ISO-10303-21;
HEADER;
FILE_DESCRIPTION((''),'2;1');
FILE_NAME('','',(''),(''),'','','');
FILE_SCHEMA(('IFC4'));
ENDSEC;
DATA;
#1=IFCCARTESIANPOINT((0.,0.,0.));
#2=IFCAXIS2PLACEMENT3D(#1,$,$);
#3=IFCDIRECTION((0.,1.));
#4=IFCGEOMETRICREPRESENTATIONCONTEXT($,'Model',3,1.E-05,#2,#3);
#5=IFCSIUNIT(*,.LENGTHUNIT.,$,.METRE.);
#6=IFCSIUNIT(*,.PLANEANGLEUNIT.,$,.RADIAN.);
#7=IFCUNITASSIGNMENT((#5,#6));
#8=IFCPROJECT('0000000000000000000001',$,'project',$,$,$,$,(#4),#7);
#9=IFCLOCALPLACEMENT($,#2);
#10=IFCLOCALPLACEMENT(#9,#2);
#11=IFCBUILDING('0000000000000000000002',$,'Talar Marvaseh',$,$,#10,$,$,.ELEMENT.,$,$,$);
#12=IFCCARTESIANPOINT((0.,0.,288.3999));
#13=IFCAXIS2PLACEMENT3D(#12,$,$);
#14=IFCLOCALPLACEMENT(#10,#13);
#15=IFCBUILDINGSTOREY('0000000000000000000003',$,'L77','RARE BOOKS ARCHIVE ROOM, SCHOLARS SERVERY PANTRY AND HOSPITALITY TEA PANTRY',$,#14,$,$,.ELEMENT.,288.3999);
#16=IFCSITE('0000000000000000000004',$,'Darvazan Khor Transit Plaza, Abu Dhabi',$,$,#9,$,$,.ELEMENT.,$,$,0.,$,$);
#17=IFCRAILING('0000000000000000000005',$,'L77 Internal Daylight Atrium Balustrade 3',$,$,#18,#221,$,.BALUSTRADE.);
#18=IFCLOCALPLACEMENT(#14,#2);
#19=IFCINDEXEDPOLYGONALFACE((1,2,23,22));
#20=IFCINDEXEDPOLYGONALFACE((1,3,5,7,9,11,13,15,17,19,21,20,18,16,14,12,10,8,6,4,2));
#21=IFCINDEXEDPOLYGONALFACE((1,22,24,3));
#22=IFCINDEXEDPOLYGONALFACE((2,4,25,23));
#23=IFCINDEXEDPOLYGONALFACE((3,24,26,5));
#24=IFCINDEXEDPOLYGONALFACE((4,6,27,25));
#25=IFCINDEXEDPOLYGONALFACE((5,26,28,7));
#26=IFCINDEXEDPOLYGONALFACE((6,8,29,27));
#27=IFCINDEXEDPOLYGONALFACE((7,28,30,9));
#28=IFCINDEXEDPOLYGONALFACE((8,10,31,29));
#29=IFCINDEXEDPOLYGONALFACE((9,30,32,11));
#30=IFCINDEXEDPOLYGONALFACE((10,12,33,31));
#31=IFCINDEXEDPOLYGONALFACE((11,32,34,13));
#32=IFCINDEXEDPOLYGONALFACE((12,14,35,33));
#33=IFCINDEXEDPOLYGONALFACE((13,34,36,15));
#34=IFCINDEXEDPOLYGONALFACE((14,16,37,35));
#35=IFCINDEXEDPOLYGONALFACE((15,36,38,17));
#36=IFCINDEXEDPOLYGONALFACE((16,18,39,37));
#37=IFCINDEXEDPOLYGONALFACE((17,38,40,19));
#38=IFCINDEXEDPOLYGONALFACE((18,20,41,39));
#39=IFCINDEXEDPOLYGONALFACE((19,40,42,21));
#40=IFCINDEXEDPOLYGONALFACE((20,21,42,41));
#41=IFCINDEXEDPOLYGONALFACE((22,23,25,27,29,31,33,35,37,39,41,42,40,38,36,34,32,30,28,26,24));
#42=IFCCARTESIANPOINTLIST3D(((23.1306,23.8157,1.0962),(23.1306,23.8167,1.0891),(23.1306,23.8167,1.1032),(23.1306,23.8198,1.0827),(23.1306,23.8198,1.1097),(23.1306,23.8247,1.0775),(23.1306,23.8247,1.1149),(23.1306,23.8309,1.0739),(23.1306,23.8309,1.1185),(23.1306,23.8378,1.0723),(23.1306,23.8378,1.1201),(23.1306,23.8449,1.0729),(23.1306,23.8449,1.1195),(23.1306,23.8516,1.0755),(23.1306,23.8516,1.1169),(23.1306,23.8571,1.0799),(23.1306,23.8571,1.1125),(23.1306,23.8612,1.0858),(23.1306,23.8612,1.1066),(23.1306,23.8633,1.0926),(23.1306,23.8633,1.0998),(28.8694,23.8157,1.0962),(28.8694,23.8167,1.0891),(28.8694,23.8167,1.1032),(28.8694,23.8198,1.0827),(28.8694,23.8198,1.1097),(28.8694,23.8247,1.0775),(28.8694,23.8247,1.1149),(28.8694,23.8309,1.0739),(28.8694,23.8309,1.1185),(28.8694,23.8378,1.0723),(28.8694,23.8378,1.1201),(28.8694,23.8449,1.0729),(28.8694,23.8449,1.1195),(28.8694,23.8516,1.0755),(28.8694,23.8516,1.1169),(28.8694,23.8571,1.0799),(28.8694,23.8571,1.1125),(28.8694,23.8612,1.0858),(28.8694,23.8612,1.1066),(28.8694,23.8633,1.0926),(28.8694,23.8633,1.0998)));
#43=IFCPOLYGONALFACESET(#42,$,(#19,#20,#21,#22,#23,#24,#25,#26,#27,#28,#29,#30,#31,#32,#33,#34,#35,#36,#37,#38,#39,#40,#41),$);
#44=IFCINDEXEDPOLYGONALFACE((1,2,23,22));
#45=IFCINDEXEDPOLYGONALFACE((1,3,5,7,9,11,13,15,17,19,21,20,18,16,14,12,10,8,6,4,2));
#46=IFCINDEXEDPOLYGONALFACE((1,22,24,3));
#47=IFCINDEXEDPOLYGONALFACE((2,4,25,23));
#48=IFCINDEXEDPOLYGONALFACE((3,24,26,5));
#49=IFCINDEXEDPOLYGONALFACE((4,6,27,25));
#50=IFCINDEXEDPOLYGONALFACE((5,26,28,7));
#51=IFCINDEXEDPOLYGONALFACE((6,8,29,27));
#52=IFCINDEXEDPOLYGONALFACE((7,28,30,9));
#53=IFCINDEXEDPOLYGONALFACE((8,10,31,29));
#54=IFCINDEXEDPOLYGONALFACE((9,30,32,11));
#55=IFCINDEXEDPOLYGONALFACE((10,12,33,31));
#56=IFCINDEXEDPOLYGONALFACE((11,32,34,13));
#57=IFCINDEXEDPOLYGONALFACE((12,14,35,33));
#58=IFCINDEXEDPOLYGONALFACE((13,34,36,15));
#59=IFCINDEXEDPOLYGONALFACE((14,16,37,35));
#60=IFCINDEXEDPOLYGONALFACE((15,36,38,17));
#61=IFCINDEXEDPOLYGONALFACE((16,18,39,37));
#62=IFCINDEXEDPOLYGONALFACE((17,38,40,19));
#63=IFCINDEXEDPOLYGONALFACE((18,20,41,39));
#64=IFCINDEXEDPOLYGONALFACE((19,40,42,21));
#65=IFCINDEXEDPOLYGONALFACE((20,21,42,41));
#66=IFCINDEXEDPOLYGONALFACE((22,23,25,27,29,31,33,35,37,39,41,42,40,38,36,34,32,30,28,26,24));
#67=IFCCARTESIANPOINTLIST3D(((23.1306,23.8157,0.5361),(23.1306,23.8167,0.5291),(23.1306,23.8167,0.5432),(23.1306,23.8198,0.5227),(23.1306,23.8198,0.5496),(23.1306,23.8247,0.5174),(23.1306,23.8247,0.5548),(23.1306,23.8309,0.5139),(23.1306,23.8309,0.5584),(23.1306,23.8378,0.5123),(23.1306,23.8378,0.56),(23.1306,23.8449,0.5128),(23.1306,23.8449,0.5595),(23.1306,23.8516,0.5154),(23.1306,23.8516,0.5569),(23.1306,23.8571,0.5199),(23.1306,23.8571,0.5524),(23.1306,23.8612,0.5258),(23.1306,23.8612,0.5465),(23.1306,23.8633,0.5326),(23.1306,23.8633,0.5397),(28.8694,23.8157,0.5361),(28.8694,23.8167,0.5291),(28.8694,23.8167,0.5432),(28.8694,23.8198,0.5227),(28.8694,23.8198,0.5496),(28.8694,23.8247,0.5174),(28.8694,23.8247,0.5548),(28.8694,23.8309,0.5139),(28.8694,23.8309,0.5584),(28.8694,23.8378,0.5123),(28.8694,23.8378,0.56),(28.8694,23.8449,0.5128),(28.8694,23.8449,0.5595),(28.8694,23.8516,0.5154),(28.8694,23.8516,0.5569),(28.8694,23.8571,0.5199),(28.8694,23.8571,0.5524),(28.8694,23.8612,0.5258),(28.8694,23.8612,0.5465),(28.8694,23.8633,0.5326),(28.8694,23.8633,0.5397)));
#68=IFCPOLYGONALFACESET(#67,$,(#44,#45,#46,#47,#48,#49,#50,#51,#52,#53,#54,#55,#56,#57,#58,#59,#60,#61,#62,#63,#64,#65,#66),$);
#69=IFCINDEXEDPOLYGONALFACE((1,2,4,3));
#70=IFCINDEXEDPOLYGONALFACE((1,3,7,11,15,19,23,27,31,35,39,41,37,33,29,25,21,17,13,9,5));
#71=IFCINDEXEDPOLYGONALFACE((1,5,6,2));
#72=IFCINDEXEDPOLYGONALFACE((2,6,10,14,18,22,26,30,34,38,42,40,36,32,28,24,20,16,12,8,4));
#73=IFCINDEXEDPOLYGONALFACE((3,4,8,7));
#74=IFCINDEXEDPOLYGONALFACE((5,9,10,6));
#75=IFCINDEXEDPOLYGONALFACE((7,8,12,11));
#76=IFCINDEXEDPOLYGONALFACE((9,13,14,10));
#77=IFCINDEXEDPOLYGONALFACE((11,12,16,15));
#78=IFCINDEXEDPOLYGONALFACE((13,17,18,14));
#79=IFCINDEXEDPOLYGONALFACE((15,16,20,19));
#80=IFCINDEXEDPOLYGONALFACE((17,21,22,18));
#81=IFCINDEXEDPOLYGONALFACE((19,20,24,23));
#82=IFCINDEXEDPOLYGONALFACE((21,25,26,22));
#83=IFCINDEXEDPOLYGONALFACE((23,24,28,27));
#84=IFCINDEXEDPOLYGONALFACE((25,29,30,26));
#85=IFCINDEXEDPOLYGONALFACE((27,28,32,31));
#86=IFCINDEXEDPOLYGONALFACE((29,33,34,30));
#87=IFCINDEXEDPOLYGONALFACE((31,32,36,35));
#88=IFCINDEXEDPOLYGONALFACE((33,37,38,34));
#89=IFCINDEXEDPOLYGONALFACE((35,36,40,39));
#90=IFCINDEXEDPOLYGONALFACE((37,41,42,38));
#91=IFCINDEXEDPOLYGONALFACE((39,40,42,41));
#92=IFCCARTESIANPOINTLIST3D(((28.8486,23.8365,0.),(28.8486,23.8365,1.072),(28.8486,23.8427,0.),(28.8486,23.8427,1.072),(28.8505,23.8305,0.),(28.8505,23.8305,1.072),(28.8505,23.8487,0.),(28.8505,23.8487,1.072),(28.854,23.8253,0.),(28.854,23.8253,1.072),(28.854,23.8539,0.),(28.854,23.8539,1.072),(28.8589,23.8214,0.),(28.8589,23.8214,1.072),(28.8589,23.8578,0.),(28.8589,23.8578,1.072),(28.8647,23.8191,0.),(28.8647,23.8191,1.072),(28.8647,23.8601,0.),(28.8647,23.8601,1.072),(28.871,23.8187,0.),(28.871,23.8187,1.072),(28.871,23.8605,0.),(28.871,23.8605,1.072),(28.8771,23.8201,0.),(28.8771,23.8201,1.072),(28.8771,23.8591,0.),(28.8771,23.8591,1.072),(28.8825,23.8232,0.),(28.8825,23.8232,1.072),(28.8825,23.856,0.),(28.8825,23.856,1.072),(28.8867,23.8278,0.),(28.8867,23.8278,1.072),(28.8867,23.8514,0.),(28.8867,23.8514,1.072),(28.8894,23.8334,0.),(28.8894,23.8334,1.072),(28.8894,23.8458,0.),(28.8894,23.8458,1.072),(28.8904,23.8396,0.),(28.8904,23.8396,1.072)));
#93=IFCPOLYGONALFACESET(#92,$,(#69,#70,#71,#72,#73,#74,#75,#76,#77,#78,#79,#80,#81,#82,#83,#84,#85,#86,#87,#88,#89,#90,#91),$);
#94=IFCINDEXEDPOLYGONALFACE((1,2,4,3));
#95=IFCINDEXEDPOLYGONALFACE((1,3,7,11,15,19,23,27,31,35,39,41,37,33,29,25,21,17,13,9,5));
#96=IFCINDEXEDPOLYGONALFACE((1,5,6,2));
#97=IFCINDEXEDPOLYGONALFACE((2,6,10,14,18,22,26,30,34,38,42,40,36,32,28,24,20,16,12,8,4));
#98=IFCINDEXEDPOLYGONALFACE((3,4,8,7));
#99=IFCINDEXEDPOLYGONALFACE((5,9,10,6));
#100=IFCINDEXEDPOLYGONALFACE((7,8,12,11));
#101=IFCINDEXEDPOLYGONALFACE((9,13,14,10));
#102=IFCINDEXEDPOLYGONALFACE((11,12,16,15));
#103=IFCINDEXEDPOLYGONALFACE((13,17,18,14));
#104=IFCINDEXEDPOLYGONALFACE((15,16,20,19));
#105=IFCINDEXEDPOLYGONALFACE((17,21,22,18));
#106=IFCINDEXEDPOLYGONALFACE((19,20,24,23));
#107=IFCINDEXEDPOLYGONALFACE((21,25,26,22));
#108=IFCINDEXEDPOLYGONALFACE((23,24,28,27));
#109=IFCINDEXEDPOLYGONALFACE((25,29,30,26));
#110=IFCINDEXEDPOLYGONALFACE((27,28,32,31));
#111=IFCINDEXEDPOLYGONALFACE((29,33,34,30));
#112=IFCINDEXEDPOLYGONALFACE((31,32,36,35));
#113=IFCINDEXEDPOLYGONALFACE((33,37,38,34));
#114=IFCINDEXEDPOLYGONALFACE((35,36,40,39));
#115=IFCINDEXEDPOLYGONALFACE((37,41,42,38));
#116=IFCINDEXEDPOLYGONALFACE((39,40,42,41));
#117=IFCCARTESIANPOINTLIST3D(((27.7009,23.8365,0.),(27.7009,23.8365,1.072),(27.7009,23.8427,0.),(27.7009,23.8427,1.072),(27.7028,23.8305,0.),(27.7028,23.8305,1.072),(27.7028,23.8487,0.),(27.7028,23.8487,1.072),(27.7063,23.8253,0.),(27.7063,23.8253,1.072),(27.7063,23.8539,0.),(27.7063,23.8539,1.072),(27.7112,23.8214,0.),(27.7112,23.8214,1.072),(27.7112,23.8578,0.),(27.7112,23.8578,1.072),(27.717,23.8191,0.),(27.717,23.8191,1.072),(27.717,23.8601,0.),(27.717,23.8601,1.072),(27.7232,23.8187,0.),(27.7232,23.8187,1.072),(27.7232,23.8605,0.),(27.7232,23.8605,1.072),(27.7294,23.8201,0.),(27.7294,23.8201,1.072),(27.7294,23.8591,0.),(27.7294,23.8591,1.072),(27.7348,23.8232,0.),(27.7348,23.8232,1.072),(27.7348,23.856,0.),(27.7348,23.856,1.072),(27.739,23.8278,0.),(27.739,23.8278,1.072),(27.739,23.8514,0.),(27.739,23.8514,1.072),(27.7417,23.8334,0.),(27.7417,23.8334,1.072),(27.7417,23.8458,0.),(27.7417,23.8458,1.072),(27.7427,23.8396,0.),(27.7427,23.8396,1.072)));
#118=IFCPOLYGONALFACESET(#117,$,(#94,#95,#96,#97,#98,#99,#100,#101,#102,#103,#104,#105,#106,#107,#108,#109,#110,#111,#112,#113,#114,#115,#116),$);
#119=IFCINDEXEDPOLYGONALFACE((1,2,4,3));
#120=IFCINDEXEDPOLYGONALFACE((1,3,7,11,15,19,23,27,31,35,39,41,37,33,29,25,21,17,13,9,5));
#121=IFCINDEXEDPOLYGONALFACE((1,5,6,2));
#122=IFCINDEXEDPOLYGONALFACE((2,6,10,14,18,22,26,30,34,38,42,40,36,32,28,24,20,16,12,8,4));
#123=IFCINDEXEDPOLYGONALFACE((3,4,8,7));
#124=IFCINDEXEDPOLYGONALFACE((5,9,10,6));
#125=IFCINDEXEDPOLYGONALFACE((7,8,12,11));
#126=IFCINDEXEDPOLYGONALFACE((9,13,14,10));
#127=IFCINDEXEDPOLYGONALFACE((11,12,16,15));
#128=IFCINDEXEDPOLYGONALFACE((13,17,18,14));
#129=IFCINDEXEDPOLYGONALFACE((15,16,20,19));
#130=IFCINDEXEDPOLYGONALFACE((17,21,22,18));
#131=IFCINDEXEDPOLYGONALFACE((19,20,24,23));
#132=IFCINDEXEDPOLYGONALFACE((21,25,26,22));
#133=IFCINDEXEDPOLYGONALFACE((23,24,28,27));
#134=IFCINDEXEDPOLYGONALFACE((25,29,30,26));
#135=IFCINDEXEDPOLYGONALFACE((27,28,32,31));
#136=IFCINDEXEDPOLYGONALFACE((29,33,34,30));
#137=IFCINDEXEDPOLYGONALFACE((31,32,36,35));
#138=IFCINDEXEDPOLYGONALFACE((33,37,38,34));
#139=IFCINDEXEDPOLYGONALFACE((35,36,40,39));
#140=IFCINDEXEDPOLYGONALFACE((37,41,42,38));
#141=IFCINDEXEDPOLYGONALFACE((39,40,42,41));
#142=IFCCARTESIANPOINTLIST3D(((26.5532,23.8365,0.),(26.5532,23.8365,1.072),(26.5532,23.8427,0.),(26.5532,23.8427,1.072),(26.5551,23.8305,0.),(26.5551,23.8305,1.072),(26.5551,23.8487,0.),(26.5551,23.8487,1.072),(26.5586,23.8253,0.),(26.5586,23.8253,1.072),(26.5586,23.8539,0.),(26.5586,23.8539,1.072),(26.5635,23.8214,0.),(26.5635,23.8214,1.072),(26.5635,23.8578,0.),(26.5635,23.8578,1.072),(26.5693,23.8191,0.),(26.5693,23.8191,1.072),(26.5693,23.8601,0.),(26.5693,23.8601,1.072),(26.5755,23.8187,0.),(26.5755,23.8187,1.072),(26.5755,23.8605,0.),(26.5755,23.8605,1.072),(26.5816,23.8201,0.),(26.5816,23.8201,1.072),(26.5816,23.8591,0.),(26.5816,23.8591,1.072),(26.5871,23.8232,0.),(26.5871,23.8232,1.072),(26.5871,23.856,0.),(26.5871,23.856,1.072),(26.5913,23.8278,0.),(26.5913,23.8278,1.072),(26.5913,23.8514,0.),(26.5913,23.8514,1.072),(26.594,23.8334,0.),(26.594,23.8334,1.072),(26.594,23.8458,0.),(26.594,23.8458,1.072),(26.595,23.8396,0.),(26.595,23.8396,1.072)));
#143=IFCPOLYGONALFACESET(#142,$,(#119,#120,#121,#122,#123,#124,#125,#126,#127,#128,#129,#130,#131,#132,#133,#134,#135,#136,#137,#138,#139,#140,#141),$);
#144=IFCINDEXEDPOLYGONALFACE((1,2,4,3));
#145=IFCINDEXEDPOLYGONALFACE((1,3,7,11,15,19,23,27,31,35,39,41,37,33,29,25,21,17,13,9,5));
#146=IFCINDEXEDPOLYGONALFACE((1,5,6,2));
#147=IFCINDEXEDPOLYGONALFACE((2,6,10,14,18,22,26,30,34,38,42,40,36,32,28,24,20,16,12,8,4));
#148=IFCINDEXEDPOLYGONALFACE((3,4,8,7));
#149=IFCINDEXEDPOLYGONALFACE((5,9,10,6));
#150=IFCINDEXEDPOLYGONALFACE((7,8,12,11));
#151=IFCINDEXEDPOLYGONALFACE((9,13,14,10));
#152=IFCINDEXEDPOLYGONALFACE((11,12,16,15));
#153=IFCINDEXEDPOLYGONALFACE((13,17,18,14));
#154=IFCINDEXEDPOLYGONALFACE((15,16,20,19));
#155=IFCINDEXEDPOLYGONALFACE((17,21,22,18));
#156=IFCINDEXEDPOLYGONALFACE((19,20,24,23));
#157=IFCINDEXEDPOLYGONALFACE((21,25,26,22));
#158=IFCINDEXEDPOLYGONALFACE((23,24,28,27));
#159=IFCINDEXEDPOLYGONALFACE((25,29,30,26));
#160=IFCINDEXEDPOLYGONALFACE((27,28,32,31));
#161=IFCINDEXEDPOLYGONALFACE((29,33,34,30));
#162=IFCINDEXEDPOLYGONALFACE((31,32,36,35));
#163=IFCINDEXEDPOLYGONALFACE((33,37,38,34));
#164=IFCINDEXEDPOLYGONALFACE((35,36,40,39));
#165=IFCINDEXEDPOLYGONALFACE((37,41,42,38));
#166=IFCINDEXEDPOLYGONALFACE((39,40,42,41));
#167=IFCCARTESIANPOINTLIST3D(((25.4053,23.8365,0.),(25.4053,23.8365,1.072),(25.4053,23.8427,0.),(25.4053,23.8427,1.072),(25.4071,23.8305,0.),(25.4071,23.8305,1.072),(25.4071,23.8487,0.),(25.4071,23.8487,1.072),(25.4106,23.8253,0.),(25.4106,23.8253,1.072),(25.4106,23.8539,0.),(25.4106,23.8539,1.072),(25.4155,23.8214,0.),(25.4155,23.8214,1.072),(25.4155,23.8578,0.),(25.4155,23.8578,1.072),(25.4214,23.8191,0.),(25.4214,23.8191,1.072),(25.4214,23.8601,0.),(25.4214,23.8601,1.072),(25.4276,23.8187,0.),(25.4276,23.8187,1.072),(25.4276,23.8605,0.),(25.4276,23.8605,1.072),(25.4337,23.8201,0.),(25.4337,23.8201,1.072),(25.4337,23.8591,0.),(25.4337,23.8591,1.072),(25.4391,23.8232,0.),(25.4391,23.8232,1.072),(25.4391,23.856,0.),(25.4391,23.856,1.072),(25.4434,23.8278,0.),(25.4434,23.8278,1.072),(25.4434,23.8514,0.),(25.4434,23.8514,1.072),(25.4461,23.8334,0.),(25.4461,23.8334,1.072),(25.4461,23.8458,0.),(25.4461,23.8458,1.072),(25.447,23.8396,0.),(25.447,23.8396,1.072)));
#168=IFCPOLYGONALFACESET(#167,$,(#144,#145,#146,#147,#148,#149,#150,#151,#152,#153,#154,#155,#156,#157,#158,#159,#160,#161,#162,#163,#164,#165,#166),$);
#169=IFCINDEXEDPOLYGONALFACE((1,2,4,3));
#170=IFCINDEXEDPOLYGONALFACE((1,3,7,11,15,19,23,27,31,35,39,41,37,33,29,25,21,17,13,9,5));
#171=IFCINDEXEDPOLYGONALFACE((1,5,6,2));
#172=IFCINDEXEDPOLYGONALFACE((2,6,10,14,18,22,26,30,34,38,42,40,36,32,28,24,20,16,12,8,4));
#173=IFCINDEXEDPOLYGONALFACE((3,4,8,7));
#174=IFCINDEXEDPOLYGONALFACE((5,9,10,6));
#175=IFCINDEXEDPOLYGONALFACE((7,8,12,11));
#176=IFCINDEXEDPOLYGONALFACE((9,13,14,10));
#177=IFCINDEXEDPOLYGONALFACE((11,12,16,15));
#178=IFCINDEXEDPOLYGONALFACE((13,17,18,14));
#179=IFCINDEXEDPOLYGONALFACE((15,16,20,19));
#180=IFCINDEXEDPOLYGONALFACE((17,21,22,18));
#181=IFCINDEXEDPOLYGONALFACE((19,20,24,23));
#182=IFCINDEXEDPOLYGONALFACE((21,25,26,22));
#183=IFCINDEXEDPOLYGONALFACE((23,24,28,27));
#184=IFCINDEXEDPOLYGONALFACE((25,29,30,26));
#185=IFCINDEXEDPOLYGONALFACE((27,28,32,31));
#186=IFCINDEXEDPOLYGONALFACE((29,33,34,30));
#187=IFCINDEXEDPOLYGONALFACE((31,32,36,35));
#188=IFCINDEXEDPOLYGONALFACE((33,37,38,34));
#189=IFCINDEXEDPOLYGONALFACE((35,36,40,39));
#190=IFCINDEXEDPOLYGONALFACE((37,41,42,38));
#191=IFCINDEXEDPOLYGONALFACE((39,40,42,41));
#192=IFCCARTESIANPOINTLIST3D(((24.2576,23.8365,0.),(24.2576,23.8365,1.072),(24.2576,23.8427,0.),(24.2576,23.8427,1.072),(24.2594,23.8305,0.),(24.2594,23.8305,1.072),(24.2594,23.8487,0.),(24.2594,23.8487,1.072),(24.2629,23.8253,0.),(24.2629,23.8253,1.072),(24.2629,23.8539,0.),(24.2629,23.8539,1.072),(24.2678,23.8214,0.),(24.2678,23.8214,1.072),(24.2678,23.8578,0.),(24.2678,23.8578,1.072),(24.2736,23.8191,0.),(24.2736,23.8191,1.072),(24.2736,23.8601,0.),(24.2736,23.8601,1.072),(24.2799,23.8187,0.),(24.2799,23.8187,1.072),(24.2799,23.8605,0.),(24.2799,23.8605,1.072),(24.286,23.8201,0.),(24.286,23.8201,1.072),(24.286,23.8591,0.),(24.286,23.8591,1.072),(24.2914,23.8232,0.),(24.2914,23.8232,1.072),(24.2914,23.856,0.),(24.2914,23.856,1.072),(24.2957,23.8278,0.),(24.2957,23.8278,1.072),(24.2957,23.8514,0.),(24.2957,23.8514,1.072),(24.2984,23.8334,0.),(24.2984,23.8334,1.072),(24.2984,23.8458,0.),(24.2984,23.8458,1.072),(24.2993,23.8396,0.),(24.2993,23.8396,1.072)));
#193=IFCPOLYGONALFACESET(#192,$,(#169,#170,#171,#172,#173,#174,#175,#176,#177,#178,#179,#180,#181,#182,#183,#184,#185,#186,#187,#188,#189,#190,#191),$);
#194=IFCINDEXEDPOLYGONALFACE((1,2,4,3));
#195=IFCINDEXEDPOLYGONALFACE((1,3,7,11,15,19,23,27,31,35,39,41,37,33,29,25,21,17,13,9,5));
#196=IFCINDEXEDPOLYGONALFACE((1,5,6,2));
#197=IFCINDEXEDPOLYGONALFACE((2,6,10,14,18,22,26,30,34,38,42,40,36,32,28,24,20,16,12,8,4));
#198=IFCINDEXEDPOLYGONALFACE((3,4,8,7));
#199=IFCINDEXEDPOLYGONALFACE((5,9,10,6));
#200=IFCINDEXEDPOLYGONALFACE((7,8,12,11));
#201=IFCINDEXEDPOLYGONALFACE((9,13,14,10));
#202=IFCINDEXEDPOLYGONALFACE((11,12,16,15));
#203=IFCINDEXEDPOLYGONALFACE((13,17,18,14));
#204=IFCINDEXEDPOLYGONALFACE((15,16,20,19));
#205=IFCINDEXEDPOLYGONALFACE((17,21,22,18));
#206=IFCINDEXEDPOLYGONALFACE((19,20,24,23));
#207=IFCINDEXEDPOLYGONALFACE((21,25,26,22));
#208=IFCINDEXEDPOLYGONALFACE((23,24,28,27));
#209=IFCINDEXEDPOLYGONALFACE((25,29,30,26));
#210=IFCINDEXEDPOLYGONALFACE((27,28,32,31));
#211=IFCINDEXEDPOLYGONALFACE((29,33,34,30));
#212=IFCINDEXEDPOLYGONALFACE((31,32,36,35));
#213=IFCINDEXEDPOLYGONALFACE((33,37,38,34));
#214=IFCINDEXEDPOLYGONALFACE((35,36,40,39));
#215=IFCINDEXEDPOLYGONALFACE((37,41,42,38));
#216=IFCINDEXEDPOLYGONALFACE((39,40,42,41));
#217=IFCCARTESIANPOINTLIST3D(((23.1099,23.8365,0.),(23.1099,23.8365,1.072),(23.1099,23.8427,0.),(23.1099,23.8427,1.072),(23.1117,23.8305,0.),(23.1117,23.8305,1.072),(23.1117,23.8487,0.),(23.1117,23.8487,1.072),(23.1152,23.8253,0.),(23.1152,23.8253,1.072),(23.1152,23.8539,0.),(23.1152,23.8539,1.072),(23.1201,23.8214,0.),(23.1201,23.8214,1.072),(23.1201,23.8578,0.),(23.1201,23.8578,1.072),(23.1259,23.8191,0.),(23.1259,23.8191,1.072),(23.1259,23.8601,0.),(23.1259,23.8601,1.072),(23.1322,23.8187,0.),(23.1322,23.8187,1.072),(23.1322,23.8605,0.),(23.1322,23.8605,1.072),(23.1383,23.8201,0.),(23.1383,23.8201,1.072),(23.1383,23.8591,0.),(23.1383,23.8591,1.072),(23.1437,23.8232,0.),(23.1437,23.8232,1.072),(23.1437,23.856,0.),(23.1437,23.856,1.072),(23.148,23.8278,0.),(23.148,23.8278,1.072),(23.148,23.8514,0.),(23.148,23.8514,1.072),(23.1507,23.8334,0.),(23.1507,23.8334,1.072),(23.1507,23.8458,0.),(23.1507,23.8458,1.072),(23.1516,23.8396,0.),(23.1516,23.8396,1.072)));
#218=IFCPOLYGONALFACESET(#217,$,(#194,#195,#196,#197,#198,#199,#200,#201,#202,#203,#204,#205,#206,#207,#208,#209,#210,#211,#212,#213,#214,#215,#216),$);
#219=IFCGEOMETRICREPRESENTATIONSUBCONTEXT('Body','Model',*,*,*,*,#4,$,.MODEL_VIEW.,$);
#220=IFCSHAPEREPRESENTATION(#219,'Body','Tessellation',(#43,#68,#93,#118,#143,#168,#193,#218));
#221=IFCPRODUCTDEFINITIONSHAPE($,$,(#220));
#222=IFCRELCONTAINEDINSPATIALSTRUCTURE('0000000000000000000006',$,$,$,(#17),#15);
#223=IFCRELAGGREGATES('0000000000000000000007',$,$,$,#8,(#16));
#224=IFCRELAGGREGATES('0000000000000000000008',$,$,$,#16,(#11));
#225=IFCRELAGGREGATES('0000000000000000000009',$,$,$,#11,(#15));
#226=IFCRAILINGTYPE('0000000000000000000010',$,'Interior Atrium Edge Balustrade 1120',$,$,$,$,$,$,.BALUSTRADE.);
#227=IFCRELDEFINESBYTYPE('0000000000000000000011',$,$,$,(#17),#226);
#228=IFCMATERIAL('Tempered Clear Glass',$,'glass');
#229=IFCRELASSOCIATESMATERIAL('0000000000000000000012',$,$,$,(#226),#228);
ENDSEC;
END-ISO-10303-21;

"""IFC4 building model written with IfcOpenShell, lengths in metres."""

from ifc_helpers import new_model, si_unit, direction, frame, origin, origin_2d, place, context, subcontext, project, spatial, circle, extrude, material, type_object, element, save


model = new_model("IFC4")

# Units and contexts
model_context = context("Model", 3, precision=1e-05, world=origin(), true_north=direction((0.0, 1.0)))
body_context = subcontext(model_context, "Body", "Model", "MODEL_VIEW")
ifc_project = project(units=[si_unit("LENGTHUNIT", "METRE"), si_unit("PLANEANGLEUNIT", "RADIAN")], contexts=[model_context])

# Site, building, storey
site_placement = place(None, origin())
site = spatial("IfcSite", under=ifc_project, at=site_placement, Name="Darvazan Khor Transit Plaza, Abu Dhabi", CompositionType="ELEMENT", RefElevation=0.0)
building_placement = place(site_placement, origin())
building = spatial("IfcBuilding", under=site, at=building_placement, Name="Talar Marvaseh", CompositionType="ELEMENT")
storey_placement = place(building_placement, frame((0.0, 0.0, 288.3999)))
storey = spatial("IfcBuildingStorey", under=building, at=storey_placement, Name="L77", Description="RARE BOOKS ARCHIVE ROOM, SCHOLARS SERVERY PANTRY AND HOSPITALITY TEA PANTRY", CompositionType="ELEMENT", Elevation=288.3999)

# Railing
ifc_material_1 = material(Name="Tempered Clear Glass", Category="glass")
railing_type = type_object("IfcRailingType", Name="Interior Atrium Edge Balustrade 1120", PredefinedType="BALUSTRADE", material=ifc_material_1)
railing_1_placement = place(storey_placement, frame((28.8694, 23.8396, 0.0)))
element("IfcRailing", 1, at=railing_1_placement, inside=storey, type_object=railing_type, Name="L77 Internal Daylight Atrium Balustrade 3", PredefinedType="BALUSTRADE", context=body_context, shape_type="SweptSolid", body=[
    extrude(circle(Radius=0.0239, at=origin_2d()), frame((0.0, 0.0, 1.0962), z_axis=(-1.0, 0.0, 0.0), x_axis=(0.0, -1.0, 0.0)), (0.0, 0.0, 1.0), 5.7388),
    extrude(circle(Radius=0.0239, at=origin_2d()), frame((0.0, 0.0, 0.5361), z_axis=(-1.0, 0.0, 0.0), x_axis=(0.0, -1.0, 0.0)), (0.0, 0.0, 1.0), 5.7388),
    extrude(circle(Radius=0.021, at=origin_2d()), origin(), (0.0, 0.0, 1.0), 1.072),
    extrude(circle(Radius=0.021, at=origin_2d()), frame((-1.1477, 0.0, 0.0)), (0.0, 0.0, 1.0), 1.072),
    extrude(circle(Radius=0.021, at=origin_2d()), frame((-2.2954, 0.0, 0.0)), (0.0, 0.0, 1.0), 1.072),
    extrude(circle(Radius=0.021, at=origin_2d()), frame((-3.4434, 0.0, 0.0)), (0.0, 0.0, 1.0), 1.072),
    extrude(circle(Radius=0.021, at=origin_2d()), frame((-4.5911, 0.0, 0.0)), (0.0, 0.0, 1.0), 1.072),
    extrude(circle(Radius=0.021, at=origin_2d()), frame((-5.7388, 0.0, 0.0)), (0.0, 0.0, 1.0), 1.072),
])

save(model, "model.ifc")
